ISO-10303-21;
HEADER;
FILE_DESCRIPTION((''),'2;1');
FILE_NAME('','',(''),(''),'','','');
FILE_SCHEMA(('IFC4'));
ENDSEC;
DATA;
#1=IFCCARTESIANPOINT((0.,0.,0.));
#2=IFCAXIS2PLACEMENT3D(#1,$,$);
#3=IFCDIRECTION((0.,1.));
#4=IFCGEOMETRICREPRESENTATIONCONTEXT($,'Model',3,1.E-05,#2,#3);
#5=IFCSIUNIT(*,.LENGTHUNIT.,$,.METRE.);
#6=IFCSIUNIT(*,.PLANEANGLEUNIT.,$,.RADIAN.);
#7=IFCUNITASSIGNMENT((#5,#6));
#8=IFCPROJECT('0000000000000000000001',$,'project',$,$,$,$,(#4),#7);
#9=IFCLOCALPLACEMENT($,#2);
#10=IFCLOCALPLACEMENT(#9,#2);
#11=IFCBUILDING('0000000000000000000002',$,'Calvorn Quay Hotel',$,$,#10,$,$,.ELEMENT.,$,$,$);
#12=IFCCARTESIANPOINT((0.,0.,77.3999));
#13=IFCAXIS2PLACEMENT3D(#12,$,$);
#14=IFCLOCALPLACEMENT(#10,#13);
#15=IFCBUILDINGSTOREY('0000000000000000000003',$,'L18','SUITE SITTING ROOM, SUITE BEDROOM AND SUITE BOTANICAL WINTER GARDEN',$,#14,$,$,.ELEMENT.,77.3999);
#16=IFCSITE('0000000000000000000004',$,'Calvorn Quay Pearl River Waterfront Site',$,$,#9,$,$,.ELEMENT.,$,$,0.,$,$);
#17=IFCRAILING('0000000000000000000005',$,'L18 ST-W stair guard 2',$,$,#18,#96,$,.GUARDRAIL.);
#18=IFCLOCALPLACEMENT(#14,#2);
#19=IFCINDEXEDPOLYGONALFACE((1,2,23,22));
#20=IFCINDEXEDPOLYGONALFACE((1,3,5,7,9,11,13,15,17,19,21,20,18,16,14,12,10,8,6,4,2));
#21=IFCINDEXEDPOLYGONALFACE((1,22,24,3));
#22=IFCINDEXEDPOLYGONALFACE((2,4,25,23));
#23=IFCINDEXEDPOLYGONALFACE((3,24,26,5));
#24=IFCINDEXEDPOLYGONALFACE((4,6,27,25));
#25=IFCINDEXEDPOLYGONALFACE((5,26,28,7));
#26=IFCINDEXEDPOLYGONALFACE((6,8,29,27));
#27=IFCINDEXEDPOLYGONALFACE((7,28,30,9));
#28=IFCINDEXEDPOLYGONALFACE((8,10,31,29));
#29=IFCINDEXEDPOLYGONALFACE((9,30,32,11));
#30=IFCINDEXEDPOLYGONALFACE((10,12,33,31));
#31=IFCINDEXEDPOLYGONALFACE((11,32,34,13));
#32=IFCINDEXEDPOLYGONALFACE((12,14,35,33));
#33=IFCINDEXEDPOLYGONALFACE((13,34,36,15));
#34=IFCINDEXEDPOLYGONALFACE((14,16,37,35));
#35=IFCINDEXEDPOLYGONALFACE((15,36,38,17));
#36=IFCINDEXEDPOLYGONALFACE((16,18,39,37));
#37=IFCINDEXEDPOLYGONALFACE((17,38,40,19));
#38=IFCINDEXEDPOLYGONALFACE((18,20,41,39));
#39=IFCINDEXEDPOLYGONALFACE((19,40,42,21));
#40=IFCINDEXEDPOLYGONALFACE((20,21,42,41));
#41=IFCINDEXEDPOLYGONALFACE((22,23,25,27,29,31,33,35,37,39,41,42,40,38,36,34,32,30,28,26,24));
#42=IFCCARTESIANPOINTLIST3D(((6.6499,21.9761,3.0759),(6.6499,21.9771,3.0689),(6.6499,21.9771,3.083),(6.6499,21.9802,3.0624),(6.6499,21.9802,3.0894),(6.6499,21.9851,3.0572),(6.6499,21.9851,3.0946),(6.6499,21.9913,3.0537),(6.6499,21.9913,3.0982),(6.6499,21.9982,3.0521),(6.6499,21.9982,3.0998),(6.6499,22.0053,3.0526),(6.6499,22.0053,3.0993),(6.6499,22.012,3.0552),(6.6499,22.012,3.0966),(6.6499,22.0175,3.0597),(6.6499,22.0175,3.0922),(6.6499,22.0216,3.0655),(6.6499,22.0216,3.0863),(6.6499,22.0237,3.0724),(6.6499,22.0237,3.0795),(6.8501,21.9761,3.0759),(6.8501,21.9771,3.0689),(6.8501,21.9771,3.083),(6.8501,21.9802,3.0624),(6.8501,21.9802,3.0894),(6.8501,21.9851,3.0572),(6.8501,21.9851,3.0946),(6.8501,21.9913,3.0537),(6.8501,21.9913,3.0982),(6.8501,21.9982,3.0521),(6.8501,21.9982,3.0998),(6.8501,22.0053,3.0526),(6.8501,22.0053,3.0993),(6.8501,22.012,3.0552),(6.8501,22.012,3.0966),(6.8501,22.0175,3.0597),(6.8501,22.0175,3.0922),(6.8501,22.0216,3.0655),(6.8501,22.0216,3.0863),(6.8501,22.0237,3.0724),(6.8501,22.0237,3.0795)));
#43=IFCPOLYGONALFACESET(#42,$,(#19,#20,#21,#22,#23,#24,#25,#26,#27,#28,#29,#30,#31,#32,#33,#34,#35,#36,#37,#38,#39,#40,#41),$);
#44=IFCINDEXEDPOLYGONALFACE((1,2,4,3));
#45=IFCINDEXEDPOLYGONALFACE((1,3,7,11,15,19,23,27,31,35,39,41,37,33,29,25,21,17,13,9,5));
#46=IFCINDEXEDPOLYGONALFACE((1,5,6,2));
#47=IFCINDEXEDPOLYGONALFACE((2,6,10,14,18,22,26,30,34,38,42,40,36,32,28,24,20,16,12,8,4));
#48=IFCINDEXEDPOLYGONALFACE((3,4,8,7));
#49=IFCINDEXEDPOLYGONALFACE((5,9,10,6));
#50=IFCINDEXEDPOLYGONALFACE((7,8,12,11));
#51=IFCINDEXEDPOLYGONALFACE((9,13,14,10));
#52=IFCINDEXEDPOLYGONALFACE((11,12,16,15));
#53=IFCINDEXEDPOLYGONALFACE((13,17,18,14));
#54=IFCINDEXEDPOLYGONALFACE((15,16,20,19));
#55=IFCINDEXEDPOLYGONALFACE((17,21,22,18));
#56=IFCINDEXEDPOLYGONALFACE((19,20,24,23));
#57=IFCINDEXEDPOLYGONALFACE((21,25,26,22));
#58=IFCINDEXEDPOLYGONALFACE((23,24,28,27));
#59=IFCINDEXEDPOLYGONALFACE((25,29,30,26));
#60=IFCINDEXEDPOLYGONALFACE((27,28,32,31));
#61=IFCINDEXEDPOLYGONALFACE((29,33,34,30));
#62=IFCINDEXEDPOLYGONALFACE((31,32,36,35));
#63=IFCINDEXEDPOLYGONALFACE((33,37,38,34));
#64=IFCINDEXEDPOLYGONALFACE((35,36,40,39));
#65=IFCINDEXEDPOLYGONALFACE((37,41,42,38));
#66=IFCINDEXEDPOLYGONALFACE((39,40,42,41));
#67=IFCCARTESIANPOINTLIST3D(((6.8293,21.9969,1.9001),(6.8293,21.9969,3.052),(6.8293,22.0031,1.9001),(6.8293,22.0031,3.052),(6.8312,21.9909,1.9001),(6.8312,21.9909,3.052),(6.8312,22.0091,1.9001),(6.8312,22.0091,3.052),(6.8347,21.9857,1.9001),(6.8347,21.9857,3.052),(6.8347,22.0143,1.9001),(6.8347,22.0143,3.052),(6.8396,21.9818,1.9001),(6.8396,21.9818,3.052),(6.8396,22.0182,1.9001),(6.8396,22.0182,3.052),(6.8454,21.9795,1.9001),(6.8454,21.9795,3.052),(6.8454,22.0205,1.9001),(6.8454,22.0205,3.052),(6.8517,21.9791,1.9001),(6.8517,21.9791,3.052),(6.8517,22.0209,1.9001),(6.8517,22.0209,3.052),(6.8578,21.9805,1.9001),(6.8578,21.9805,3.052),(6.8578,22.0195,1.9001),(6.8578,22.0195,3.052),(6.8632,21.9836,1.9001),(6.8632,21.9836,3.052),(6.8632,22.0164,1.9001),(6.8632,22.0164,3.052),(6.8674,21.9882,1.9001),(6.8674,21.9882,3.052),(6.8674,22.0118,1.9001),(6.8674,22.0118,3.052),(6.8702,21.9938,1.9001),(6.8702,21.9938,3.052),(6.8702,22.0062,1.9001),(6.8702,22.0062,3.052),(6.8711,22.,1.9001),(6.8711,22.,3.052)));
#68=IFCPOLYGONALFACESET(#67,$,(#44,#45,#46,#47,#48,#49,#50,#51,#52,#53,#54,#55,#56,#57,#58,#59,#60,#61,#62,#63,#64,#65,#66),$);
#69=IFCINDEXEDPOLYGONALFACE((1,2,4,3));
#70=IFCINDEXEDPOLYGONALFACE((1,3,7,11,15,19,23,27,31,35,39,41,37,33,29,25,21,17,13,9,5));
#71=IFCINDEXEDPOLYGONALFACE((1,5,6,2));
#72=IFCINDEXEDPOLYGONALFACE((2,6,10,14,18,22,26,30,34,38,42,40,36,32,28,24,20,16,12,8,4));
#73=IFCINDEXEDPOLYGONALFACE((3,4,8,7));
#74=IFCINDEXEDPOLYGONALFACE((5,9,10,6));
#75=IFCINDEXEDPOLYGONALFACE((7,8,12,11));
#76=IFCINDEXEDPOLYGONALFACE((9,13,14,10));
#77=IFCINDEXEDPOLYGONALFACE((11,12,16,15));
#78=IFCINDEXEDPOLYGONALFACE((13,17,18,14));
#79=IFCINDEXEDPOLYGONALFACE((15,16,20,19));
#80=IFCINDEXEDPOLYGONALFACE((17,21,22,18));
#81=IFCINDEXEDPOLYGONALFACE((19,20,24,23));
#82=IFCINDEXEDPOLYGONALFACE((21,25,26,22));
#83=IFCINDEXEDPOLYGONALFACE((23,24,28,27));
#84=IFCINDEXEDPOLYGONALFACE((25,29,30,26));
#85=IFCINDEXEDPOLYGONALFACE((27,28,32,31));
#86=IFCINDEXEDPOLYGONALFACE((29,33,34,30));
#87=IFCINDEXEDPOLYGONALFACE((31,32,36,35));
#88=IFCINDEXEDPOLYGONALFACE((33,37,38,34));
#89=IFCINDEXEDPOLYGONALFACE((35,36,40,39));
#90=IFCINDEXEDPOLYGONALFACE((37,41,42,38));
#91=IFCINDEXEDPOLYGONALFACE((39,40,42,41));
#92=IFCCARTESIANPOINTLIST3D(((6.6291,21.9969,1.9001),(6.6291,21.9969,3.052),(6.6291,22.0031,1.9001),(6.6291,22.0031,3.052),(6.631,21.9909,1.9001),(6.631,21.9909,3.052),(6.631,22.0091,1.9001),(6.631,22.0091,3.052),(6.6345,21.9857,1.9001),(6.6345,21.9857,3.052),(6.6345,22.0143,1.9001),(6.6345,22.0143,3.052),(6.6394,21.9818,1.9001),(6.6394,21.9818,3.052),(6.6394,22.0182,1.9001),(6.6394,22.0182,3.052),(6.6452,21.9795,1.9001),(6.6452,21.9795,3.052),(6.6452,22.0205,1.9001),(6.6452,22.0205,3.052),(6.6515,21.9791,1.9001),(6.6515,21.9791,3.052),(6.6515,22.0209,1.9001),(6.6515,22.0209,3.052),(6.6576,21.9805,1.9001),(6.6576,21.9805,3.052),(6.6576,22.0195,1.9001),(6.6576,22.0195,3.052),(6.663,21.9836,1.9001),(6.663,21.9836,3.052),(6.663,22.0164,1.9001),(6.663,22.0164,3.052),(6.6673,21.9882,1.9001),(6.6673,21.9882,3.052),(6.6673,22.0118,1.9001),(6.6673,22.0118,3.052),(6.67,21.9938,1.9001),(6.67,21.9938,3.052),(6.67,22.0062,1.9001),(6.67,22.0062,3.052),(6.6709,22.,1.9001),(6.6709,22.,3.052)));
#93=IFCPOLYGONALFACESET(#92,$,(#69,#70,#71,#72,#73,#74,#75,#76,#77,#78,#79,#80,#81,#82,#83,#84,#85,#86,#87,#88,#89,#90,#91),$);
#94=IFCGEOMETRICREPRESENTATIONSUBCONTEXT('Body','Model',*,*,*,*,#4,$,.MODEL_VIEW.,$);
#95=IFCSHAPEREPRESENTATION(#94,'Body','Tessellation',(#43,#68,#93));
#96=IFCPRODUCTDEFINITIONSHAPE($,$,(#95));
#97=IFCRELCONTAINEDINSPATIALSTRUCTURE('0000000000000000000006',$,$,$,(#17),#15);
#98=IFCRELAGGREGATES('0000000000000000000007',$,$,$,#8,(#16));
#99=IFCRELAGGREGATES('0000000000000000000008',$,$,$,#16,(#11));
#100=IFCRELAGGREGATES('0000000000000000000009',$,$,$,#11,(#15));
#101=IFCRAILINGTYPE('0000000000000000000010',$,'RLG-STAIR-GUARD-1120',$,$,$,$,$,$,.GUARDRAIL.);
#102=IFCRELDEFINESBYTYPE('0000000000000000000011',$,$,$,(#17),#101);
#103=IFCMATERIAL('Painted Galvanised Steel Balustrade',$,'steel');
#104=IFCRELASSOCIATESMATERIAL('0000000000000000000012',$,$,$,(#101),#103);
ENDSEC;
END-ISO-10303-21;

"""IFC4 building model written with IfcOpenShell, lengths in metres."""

from ifc_helpers import new_model, si_unit, direction, frame, origin, origin_2d, place, context, subcontext, project, spatial, circle, extrude, material, type_object, element, save


model = new_model("IFC4")

# Units and contexts
model_context = context("Model", 3, precision=1e-05, world=origin(), true_north=direction((0.0, 1.0)))
body_context = subcontext(model_context, "Body", "Model", "MODEL_VIEW")
ifc_project = project(units=[si_unit("LENGTHUNIT", "METRE"), si_unit("PLANEANGLEUNIT", "RADIAN")], contexts=[model_context])

# Site, building, storey
site_placement = place(None, origin())
site = spatial("IfcSite", under=ifc_project, at=site_placement, Name="Calvorn Quay Pearl River Waterfront Site", CompositionType="ELEMENT", RefElevation=0.0)
building_placement = place(site_placement, origin())
building = spatial("IfcBuilding", under=site, at=building_placement, Name="Calvorn Quay Hotel", CompositionType="ELEMENT")
storey_placement = place(building_placement, frame((0.0, 0.0, 77.3999)))
storey = spatial("IfcBuildingStorey", under=building, at=storey_placement, Name="L18", Description="SUITE SITTING ROOM, SUITE BEDROOM AND SUITE BOTANICAL WINTER GARDEN", CompositionType="ELEMENT", Elevation=77.3999)

# Railing
ifc_material_1 = material(Name="Painted Galvanised Steel Balustrade", Category="steel")
railing_type_1 = type_object("IfcRailingType", Name="RLG-STAIR-GUARD-1120", PredefinedType="GUARDRAIL", material=ifc_material_1)
railing_1_placement = place(storey_placement, frame((6.8501, 22.0, 1.9001)))
element("IfcRailing", 1, at=railing_1_placement, inside=storey, type_object=railing_type_1, Name="L18 ST-W stair guard 2", PredefinedType="GUARDRAIL", context=body_context, shape_type="SweptSolid", body=[
    extrude(circle(Radius=0.0239, at=origin_2d()), frame((0.0, 0.0, 1.1758), z_axis=(-1.0, 0.0, 0.0), x_axis=(0.0, -1.0, 0.0)), (0.0, 0.0, 1.0), 0.2002),
    extrude(circle(Radius=0.021, at=origin_2d()), origin(), (0.0, 0.0, 1.0), 1.1519),
    extrude(circle(Radius=0.021, at=origin_2d()), frame((-0.2002, 0.0, 0.0)), (0.0, 0.0, 1.0), 1.1519),
])

save(model, "model.ifc")
